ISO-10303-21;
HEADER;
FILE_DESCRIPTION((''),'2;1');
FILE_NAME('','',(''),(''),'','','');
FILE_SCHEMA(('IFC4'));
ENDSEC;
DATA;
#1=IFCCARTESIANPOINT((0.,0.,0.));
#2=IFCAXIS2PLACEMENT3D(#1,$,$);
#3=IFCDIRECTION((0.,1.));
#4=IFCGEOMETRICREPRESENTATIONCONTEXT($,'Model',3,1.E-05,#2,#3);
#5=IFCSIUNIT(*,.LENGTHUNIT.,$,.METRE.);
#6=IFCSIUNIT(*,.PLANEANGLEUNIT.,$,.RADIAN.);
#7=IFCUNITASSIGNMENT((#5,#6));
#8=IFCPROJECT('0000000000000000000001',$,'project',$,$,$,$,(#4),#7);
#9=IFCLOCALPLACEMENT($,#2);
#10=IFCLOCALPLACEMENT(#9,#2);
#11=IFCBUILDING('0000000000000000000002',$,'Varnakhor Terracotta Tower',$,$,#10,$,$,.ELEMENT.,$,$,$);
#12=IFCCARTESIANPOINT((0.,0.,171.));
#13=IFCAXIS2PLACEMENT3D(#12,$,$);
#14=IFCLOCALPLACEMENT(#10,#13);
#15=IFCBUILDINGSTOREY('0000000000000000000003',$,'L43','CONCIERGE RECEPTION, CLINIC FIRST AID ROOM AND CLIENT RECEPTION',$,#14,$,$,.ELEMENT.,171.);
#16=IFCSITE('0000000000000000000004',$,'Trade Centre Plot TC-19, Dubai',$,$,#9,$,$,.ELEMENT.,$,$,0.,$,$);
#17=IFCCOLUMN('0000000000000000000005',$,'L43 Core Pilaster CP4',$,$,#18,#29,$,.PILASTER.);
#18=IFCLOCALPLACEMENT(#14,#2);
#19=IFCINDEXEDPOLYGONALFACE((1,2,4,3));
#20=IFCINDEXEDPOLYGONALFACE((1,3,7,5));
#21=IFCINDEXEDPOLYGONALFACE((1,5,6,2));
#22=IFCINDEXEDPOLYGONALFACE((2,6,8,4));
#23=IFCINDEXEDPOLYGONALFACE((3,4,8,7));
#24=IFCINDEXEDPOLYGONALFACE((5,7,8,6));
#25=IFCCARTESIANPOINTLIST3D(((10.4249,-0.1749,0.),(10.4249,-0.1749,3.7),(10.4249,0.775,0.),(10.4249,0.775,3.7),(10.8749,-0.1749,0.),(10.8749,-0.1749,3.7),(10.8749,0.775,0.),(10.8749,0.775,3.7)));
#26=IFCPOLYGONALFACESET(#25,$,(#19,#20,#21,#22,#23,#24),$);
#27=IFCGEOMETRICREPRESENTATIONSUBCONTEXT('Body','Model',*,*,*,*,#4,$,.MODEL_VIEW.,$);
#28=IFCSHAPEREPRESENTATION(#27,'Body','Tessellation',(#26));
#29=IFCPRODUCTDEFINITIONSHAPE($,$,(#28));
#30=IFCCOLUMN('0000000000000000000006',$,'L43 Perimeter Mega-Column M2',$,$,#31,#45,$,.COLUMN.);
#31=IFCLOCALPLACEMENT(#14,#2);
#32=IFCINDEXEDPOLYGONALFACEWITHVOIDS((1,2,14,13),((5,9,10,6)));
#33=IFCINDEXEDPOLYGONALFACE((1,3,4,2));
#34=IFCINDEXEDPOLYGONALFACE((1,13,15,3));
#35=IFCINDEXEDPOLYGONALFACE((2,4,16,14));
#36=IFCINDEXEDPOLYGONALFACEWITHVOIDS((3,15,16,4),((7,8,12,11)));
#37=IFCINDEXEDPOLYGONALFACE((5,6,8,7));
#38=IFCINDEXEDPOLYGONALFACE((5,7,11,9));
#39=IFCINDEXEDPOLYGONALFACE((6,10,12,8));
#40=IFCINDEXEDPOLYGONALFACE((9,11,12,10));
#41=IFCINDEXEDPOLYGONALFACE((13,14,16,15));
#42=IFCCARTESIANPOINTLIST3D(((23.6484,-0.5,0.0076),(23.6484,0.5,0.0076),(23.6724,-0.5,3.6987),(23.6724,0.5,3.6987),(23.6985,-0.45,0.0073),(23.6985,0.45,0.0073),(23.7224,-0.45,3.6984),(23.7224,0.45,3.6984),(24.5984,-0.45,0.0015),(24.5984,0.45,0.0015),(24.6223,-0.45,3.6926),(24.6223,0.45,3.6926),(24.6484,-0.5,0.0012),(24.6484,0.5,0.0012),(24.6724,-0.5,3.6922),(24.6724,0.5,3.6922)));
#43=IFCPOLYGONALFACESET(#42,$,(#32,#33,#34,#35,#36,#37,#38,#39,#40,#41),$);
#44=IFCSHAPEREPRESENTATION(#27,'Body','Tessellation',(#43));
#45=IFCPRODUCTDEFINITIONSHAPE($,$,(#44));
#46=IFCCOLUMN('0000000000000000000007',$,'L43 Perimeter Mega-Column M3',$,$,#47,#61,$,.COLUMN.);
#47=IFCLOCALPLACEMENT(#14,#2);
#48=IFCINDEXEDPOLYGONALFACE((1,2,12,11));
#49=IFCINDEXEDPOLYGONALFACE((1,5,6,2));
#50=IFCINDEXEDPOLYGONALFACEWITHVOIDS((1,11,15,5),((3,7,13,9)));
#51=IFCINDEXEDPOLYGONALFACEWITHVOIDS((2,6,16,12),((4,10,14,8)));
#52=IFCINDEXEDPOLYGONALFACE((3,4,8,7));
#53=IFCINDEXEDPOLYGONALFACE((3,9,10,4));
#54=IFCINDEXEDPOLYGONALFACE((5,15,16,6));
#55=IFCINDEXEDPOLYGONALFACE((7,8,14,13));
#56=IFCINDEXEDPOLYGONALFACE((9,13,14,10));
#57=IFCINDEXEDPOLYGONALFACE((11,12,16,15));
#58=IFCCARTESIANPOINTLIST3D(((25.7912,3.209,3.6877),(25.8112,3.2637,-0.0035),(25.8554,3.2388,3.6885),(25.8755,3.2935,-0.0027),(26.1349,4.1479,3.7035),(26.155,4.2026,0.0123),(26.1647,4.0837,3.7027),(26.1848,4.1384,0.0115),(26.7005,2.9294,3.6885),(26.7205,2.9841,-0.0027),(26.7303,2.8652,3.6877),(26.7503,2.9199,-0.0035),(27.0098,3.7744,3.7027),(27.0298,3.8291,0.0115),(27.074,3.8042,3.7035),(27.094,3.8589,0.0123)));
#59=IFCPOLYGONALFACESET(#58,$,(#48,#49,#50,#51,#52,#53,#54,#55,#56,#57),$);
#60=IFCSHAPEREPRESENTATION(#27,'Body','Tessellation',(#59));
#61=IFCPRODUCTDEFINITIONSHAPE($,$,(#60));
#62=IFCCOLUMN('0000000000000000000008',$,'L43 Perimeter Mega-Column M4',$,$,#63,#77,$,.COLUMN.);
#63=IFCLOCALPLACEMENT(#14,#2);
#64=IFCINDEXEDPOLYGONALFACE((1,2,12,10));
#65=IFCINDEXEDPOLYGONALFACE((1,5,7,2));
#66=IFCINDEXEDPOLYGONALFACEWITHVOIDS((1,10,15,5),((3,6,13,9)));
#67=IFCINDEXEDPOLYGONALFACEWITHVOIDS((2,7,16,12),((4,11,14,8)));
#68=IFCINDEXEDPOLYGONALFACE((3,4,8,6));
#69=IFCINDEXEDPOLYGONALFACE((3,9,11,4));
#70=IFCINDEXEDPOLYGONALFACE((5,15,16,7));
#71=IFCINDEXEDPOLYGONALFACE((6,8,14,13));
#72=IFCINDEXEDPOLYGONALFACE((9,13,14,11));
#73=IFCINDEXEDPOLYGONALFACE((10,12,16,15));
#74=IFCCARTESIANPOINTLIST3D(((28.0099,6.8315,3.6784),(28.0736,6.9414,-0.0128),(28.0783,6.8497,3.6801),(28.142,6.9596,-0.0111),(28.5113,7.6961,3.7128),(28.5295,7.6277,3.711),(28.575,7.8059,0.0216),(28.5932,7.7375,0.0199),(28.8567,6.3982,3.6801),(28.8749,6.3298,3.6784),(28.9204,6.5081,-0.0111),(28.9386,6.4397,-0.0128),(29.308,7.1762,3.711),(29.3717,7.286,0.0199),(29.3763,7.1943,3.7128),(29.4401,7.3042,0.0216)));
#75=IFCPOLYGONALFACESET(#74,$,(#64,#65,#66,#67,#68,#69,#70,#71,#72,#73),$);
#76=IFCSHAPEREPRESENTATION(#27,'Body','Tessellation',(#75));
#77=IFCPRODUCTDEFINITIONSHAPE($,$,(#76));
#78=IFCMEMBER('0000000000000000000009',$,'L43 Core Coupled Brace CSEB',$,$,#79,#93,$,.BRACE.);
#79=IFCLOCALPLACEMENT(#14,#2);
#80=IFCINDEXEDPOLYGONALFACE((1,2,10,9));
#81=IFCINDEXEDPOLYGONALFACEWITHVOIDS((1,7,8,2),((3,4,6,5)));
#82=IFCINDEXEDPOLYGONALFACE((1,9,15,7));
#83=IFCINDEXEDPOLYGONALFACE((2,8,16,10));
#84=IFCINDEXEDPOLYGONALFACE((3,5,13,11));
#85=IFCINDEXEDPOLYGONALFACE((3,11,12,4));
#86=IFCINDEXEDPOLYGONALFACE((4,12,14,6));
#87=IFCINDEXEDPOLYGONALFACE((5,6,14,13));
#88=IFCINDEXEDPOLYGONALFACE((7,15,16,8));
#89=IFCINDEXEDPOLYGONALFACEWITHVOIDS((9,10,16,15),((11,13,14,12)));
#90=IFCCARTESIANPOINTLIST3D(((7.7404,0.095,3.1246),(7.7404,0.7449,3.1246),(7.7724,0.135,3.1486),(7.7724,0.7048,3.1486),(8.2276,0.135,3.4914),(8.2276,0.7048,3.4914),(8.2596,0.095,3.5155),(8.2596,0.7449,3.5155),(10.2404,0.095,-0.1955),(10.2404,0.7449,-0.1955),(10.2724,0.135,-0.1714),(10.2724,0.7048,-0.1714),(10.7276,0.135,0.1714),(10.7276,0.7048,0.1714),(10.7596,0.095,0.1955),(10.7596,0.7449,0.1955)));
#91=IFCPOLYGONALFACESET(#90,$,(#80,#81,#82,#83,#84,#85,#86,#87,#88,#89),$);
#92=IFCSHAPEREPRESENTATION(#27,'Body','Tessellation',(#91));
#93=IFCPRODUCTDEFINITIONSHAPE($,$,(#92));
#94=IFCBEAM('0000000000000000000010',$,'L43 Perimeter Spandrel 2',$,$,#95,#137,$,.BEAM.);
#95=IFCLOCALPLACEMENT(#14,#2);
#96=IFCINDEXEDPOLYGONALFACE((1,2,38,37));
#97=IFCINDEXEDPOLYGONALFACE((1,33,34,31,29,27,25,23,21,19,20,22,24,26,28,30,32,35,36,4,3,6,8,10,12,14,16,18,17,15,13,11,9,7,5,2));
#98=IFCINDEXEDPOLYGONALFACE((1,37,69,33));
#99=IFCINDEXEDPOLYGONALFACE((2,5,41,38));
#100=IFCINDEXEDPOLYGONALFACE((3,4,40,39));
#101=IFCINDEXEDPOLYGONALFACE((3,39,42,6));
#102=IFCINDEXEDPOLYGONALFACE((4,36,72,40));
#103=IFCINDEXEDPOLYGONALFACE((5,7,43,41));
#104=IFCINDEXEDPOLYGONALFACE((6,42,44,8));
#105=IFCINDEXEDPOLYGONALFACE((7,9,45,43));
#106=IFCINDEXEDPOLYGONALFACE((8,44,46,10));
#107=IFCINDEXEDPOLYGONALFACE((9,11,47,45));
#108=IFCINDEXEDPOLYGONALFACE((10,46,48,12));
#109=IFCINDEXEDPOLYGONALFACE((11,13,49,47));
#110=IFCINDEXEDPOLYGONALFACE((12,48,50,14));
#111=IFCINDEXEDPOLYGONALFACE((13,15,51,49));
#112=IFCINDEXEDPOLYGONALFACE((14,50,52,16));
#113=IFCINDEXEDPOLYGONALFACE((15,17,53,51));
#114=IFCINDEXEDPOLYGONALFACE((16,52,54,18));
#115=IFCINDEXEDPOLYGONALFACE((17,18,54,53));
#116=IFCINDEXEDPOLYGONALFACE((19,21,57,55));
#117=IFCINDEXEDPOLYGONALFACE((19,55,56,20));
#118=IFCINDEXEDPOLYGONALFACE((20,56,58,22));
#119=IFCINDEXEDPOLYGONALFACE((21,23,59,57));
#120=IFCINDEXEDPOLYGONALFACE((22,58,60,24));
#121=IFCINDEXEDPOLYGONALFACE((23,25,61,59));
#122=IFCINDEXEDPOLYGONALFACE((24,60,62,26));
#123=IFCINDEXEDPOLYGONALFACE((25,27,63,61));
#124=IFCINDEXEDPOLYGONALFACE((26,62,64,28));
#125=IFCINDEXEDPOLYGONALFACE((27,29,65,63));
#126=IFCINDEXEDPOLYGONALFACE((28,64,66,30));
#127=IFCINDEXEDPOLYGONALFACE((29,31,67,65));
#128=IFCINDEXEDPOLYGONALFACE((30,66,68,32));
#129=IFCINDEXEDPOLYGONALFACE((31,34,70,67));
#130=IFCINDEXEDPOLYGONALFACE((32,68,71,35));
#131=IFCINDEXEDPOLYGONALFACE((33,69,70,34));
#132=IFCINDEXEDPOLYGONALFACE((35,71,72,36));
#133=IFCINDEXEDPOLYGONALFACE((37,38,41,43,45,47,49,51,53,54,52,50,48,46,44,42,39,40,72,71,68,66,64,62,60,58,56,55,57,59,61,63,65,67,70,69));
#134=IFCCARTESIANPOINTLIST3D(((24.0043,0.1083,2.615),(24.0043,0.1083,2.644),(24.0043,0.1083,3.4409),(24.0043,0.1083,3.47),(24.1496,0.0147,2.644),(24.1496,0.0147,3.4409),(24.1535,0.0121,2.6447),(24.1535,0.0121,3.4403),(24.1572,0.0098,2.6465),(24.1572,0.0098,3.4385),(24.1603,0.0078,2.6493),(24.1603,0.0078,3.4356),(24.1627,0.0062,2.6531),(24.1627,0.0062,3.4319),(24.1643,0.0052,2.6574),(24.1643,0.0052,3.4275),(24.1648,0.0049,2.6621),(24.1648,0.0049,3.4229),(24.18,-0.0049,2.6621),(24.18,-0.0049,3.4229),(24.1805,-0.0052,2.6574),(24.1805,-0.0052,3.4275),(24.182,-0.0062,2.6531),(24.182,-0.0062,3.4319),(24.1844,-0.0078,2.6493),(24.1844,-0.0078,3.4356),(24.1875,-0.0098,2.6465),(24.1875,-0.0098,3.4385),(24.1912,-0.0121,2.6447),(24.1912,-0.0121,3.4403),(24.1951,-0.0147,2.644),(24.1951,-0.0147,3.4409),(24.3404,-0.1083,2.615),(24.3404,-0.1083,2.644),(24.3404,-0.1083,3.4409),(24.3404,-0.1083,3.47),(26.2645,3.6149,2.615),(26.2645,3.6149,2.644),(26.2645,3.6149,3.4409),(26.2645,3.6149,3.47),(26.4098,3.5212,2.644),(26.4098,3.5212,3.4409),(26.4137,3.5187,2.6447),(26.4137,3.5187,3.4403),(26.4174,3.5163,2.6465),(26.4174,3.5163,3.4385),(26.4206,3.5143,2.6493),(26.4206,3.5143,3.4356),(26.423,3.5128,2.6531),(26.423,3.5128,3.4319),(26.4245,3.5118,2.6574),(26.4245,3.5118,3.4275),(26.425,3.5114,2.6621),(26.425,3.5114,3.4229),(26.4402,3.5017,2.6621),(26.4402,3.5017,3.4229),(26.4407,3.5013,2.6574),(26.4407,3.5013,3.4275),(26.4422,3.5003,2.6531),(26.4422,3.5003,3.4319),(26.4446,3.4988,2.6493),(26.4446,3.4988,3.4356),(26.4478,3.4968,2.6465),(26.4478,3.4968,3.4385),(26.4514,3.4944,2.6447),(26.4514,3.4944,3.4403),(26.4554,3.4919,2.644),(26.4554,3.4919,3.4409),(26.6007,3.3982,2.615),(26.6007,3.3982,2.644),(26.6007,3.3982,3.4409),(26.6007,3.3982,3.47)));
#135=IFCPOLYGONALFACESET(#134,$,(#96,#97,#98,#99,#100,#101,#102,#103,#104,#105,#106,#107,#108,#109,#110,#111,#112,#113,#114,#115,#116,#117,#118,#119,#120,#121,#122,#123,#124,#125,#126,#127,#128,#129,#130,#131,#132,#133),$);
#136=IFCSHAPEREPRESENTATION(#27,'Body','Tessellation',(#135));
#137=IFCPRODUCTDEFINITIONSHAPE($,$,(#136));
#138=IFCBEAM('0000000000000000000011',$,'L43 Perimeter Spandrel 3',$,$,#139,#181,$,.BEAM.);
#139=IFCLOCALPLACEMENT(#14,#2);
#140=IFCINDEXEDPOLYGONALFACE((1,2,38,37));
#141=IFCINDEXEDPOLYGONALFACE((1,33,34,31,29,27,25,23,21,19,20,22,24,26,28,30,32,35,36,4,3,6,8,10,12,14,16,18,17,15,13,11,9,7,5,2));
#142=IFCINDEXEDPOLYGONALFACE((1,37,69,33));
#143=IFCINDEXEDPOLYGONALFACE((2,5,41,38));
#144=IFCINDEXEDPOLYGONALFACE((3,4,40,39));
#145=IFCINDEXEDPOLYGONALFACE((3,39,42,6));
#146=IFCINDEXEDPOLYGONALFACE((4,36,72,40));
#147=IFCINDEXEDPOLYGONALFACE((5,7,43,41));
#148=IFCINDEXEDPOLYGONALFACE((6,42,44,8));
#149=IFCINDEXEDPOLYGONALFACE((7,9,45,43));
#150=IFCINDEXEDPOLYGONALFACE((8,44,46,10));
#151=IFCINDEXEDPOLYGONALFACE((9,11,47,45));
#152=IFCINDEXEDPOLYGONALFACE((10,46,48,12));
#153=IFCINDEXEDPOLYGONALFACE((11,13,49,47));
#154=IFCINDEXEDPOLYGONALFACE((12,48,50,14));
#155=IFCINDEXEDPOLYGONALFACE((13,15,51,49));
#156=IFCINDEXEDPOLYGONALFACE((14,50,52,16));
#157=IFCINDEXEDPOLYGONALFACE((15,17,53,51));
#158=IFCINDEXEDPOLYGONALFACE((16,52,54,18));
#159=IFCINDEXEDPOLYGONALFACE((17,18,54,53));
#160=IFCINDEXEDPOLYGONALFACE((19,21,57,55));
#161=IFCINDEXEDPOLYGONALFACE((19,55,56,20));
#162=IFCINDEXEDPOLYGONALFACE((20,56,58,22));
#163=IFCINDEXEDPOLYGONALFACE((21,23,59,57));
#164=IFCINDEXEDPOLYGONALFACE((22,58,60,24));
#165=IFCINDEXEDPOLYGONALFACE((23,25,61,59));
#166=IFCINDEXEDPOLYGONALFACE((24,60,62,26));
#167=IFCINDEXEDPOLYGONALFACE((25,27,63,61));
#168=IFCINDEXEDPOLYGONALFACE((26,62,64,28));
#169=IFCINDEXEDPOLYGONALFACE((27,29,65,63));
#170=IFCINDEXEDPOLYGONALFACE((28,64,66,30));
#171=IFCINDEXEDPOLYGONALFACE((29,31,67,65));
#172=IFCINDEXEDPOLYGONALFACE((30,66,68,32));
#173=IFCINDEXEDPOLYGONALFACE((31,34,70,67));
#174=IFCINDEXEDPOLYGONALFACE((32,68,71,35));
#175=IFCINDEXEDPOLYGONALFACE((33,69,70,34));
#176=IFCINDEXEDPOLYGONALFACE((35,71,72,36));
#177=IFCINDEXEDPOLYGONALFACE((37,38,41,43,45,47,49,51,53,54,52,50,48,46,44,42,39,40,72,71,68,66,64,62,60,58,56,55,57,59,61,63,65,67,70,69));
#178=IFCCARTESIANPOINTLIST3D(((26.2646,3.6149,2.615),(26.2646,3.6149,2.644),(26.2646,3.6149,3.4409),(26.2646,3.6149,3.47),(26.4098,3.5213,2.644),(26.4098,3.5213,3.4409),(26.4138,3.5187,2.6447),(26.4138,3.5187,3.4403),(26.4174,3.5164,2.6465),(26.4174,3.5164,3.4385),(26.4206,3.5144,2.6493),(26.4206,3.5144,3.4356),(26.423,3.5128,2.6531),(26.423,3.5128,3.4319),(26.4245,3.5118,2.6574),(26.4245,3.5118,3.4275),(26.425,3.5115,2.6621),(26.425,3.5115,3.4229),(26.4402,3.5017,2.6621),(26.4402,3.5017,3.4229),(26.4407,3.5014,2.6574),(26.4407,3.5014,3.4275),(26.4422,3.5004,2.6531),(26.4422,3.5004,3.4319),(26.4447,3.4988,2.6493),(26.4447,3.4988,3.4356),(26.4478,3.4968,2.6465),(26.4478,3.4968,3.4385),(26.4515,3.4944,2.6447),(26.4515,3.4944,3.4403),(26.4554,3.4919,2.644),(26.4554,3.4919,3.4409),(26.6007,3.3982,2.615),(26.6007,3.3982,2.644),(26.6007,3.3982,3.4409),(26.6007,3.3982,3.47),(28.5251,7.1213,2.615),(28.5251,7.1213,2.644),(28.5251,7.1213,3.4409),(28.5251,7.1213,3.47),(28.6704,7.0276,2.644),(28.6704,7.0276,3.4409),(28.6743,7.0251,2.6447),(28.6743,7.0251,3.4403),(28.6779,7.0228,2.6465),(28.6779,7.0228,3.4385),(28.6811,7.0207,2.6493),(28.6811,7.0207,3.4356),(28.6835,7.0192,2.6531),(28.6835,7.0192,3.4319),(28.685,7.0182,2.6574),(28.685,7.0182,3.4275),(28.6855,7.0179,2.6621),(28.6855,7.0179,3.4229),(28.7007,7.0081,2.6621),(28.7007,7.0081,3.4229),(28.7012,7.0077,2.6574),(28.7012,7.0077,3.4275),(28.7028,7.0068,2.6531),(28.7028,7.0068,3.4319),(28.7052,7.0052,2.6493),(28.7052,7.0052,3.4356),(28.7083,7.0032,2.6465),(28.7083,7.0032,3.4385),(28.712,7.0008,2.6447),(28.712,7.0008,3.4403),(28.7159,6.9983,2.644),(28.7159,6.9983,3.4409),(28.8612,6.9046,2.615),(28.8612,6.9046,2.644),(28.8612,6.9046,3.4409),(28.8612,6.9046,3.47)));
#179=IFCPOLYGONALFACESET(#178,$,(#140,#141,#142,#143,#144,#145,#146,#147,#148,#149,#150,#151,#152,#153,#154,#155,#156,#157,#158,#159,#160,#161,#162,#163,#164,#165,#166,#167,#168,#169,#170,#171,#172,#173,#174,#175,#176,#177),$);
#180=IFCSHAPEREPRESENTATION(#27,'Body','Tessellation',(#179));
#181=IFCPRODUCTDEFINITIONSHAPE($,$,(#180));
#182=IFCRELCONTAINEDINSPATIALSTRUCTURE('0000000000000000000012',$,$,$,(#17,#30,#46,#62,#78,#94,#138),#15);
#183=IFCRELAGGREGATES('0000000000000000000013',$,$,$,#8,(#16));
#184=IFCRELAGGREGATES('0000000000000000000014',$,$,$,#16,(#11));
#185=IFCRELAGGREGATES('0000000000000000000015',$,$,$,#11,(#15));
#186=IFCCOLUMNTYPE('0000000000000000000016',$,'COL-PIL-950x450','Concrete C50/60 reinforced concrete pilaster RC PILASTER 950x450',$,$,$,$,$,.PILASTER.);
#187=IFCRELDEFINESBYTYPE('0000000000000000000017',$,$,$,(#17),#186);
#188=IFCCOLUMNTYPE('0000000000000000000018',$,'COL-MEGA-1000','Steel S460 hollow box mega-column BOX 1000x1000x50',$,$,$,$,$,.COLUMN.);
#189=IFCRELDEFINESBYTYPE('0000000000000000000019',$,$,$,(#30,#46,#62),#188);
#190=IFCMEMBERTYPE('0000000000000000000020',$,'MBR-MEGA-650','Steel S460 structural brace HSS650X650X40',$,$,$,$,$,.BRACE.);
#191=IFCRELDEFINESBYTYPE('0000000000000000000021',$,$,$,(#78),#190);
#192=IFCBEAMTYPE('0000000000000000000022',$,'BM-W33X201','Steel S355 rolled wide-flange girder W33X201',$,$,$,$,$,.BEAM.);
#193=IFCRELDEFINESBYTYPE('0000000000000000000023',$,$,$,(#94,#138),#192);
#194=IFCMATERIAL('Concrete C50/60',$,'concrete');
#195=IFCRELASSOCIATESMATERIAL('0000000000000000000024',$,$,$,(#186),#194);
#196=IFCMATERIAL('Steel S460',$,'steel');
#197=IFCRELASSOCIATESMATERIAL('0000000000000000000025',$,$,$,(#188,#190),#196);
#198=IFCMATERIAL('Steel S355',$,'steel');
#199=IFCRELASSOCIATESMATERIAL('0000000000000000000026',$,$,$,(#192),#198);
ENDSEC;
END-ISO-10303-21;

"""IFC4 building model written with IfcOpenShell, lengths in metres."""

from ifc_helpers import new_model, si_unit, direction, frame, origin, origin_2d, place, context, subcontext, project, spatial, rectangle, hollow_rectangle, i_section, extrude, source, transform, mapped, material, material_profile, profile_set, type_object, element, save


model = new_model("IFC4")

# Units and contexts
model_context = context("Model", 3, precision=1e-05, world=origin(), true_north=direction((0.0, 1.0)))
body_context = subcontext(model_context, "Body", "Model", "MODEL_VIEW")
ifc_project = project(units=[si_unit("LENGTHUNIT", "METRE"), si_unit("PLANEANGLEUNIT", "RADIAN")], contexts=[model_context])

# Site, building, storey
site_placement = place(None, origin())
site = spatial("IfcSite", under=ifc_project, at=site_placement, Name="Trade Centre Plot TC-19, Dubai", CompositionType="ELEMENT", RefElevation=0.0)
building_placement = place(site_placement, origin())
building = spatial("IfcBuilding", under=site, at=building_placement, Name="Varnakhor Terracotta Tower", CompositionType="ELEMENT")
storey_placement = place(building_placement, frame((0.0, 0.0, 171.0)))
storey = spatial("IfcBuildingStorey", under=building, at=storey_placement, Name="L43", Description="CONCIERGE RECEPTION, CLINIC FIRST AID ROOM AND CLIENT RECEPTION", CompositionType="ELEMENT", Elevation=171.0)

# Columns
ifc_material_1 = material(Name="Concrete C50/60", Category="concrete")
ifc_material_profile_1 = material_profile(ifc_material_1, rectangle(XDim=0.45, YDim=0.95, at=origin_2d()), Name="RC PILASTER 950x450")
ifc_profile_set_1 = profile_set([ifc_material_profile_1], Name="Concrete C50/60")
column_type_1 = type_object("IfcColumnType", Name="COL-PIL-950x450", Description="Concrete C50/60 reinforced concrete pilaster RC PILASTER 950x450", PredefinedType="PILASTER", material=ifc_profile_set_1)
shared_shape_1 = source(origin(), body_context, "Body", "SweptSolid", [
    extrude(rectangle(XDim=0.45, YDim=0.95, at=origin_2d()), origin(), (0.0, 0.0, 1.0), 3.7),
])
column_1_placement = place(storey_placement, frame((10.6499, 0.3, 0.0), z_axis=(0.0, 0.0, 1.0), x_axis=(1.0, 0.0, 0.0)))
element("IfcColumn", 1, at=column_1_placement, inside=storey, type_object=column_type_1, Name="L43 Core Pilaster CP4", PredefinedType="PILASTER", context=body_context, shape_type="MappedRepresentation", body=[
    mapped(shared_shape_1, transform((0.0, 0.0, 0.0), scale=1.0)),
])
ifc_material_2 = material(Name="Steel S460", Category="steel")
ifc_material_profile_2 = material_profile(ifc_material_2, hollow_rectangle(XDim=1.0, YDim=1.0, WallThickness=0.05, at=origin_2d()), Name="BOX 1000x1000x50")
ifc_profile_set_2 = profile_set([ifc_material_profile_2], Name="Steel S460")
column_type_2 = type_object("IfcColumnType", Name="COL-MEGA-1000", Description="Steel S460 hollow box mega-column BOX 1000x1000x50", PredefinedType="COLUMN", material=ifc_profile_set_2)
shared_shape_2 = source(origin(), body_context, "Body", "SweptSolid", [
    extrude(hollow_rectangle(XDim=1.0, YDim=1.0, WallThickness=0.05, at=origin_2d()), origin(), (0.0, 0.0, 1.0), 3.6912),
])
column_2_placement = place(storey_placement, frame((24.1484, 0.0, 0.0044), z_axis=(0.006482, 0.0, 0.999979), x_axis=(0.0, 1.0, 0.0)))
element("IfcColumn", 2, at=column_2_placement, inside=storey, type_object=column_type_2, Name="L43 Perimeter Mega-Column M2", PredefinedType="COLUMN", context=body_context, shape_type="MappedRepresentation", body=[
    mapped(shared_shape_2, transform((0.0, 0.0, 0.0), scale=1.0)),
])
shared_shape_3 = source(origin(), body_context, "Body", "SweptSolid", [
    extrude(hollow_rectangle(XDim=1.0, YDim=1.0, WallThickness=0.05, at=origin_2d()), origin(), (0.0, 0.0, 1.0), 3.6917),
])
column_3_placement = place(storey_placement, frame((26.4526, 3.5613, 0.0044), z_axis=(-0.005423, -0.014814, 0.999876), x_axis=(0.939057, -0.343762, 0.0)))
element("IfcColumn", 3, at=column_3_placement, inside=storey, type_object=column_type_2, Name="L43 Perimeter Mega-Column M3", PredefinedType="COLUMN", context=body_context, shape_type="MappedRepresentation", body=[
    mapped(shared_shape_3, transform((0.0, 0.0, 0.0), scale=1.0)),
])
shared_shape_4 = source(origin(), body_context, "Body", "SweptSolid", [
    extrude(hollow_rectangle(XDim=1.0, YDim=1.0, WallThickness=0.05, at=origin_2d()), origin(), (0.0, 0.0, 1.0), 3.6934),
])
column_4_placement = place(storey_placement, frame((28.7568, 7.1228, 0.0044), z_axis=(-0.017253, -0.029746, 0.999409), x_axis=(0.865031, -0.501718, 0.0)))
element("IfcColumn", 4, at=column_4_placement, inside=storey, type_object=column_type_2, Name="L43 Perimeter Mega-Column M4", PredefinedType="COLUMN", context=body_context, shape_type="MappedRepresentation", body=[
    mapped(shared_shape_4, transform((0.0, 0.0, 0.0), scale=1.0)),
])

# Member
ifc_material_profile_3 = material_profile(ifc_material_2, hollow_rectangle(XDim=0.6499, YDim=0.6499, WallThickness=0.04, at=origin_2d()), Name="HSS650X650X40")
ifc_profile_set_3 = profile_set([ifc_material_profile_3], Name="Steel S460")
member_type_1 = type_object("IfcMemberType", Name="MBR-MEGA-650", Description="Steel S460 structural brace HSS650X650X40", PredefinedType="BRACE", material=ifc_profile_set_3)
shared_shape_5 = source(origin(), body_context, "Body", "SweptSolid", [
    extrude(hollow_rectangle(XDim=0.6499, YDim=0.6499, WallThickness=0.04, at=origin_2d()), origin(), (0.0, 0.0, 1.0), 4.156),
])
member_1_placement = place(storey_placement, frame((10.5, 0.4199, 0.0), z_axis=(-0.601531, 0.0, 0.79885), x_axis=(0.0, -1.0, 0.0)))
element("IfcMember", 5, at=member_1_placement, inside=storey, type_object=member_type_1, Name="L43 Core Coupled Brace CSEB", PredefinedType="BRACE", context=body_context, shape_type="MappedRepresentation", body=[
    mapped(shared_shape_5, transform((0.0, 0.0, 0.0), scale=1.0)),
])

# Beams
ifc_material_3 = material(Name="Steel S355", Category="steel")
ifc_material_profile_4 = material_profile(ifc_material_3, i_section(OverallWidth=0.3999, OverallDepth=0.855, WebThickness=0.0181, FlangeThickness=0.0291, FilletRadius=0.0181, at=origin_2d()), Name="W33X201")
ifc_profile_set_4 = profile_set([ifc_material_profile_4], Name="Steel S355")
beam_type_1 = type_object("IfcBeamType", Name="BM-W33X201", Description="Steel S355 rolled wide-flange girder W33X201", PredefinedType="BEAM", material=ifc_profile_set_4)
shared_shape_6 = source(origin(), body_context, "Body", "SweptSolid", [
    extrude(i_section(OverallWidth=0.3999, OverallDepth=0.855, WebThickness=0.0181, FlangeThickness=0.0291, FilletRadius=0.0181, at=origin_2d()), origin(), (0.0, 0.0, 1.0), 4.1719),
])
for number, where, z_axis, x_axis, name in (
    (6, (24.1724, 0.0, 3.0425), (0.541778, 0.840522, 0.0), (-0.840522, 0.541778, 0.0), "L43 Perimeter Spandrel 2"),
    (7, (26.4326, 3.5066, 3.0425), (0.541846, 0.840478, 0.0), (-0.840478, 0.541846, 0.0), "L43 Perimeter Spandrel 3"),
):
    element("IfcBeam", number, at=place(storey_placement, frame(where, z_axis=z_axis, x_axis=x_axis)), inside=storey, type_object=beam_type_1, Name=name, PredefinedType="BEAM", context=body_context, shape_type="MappedRepresentation", body=[
        mapped(shared_shape_6, transform((0.0, 0.0, 0.0), scale=1.0)),
    ])

save(model, "model.ifc")
